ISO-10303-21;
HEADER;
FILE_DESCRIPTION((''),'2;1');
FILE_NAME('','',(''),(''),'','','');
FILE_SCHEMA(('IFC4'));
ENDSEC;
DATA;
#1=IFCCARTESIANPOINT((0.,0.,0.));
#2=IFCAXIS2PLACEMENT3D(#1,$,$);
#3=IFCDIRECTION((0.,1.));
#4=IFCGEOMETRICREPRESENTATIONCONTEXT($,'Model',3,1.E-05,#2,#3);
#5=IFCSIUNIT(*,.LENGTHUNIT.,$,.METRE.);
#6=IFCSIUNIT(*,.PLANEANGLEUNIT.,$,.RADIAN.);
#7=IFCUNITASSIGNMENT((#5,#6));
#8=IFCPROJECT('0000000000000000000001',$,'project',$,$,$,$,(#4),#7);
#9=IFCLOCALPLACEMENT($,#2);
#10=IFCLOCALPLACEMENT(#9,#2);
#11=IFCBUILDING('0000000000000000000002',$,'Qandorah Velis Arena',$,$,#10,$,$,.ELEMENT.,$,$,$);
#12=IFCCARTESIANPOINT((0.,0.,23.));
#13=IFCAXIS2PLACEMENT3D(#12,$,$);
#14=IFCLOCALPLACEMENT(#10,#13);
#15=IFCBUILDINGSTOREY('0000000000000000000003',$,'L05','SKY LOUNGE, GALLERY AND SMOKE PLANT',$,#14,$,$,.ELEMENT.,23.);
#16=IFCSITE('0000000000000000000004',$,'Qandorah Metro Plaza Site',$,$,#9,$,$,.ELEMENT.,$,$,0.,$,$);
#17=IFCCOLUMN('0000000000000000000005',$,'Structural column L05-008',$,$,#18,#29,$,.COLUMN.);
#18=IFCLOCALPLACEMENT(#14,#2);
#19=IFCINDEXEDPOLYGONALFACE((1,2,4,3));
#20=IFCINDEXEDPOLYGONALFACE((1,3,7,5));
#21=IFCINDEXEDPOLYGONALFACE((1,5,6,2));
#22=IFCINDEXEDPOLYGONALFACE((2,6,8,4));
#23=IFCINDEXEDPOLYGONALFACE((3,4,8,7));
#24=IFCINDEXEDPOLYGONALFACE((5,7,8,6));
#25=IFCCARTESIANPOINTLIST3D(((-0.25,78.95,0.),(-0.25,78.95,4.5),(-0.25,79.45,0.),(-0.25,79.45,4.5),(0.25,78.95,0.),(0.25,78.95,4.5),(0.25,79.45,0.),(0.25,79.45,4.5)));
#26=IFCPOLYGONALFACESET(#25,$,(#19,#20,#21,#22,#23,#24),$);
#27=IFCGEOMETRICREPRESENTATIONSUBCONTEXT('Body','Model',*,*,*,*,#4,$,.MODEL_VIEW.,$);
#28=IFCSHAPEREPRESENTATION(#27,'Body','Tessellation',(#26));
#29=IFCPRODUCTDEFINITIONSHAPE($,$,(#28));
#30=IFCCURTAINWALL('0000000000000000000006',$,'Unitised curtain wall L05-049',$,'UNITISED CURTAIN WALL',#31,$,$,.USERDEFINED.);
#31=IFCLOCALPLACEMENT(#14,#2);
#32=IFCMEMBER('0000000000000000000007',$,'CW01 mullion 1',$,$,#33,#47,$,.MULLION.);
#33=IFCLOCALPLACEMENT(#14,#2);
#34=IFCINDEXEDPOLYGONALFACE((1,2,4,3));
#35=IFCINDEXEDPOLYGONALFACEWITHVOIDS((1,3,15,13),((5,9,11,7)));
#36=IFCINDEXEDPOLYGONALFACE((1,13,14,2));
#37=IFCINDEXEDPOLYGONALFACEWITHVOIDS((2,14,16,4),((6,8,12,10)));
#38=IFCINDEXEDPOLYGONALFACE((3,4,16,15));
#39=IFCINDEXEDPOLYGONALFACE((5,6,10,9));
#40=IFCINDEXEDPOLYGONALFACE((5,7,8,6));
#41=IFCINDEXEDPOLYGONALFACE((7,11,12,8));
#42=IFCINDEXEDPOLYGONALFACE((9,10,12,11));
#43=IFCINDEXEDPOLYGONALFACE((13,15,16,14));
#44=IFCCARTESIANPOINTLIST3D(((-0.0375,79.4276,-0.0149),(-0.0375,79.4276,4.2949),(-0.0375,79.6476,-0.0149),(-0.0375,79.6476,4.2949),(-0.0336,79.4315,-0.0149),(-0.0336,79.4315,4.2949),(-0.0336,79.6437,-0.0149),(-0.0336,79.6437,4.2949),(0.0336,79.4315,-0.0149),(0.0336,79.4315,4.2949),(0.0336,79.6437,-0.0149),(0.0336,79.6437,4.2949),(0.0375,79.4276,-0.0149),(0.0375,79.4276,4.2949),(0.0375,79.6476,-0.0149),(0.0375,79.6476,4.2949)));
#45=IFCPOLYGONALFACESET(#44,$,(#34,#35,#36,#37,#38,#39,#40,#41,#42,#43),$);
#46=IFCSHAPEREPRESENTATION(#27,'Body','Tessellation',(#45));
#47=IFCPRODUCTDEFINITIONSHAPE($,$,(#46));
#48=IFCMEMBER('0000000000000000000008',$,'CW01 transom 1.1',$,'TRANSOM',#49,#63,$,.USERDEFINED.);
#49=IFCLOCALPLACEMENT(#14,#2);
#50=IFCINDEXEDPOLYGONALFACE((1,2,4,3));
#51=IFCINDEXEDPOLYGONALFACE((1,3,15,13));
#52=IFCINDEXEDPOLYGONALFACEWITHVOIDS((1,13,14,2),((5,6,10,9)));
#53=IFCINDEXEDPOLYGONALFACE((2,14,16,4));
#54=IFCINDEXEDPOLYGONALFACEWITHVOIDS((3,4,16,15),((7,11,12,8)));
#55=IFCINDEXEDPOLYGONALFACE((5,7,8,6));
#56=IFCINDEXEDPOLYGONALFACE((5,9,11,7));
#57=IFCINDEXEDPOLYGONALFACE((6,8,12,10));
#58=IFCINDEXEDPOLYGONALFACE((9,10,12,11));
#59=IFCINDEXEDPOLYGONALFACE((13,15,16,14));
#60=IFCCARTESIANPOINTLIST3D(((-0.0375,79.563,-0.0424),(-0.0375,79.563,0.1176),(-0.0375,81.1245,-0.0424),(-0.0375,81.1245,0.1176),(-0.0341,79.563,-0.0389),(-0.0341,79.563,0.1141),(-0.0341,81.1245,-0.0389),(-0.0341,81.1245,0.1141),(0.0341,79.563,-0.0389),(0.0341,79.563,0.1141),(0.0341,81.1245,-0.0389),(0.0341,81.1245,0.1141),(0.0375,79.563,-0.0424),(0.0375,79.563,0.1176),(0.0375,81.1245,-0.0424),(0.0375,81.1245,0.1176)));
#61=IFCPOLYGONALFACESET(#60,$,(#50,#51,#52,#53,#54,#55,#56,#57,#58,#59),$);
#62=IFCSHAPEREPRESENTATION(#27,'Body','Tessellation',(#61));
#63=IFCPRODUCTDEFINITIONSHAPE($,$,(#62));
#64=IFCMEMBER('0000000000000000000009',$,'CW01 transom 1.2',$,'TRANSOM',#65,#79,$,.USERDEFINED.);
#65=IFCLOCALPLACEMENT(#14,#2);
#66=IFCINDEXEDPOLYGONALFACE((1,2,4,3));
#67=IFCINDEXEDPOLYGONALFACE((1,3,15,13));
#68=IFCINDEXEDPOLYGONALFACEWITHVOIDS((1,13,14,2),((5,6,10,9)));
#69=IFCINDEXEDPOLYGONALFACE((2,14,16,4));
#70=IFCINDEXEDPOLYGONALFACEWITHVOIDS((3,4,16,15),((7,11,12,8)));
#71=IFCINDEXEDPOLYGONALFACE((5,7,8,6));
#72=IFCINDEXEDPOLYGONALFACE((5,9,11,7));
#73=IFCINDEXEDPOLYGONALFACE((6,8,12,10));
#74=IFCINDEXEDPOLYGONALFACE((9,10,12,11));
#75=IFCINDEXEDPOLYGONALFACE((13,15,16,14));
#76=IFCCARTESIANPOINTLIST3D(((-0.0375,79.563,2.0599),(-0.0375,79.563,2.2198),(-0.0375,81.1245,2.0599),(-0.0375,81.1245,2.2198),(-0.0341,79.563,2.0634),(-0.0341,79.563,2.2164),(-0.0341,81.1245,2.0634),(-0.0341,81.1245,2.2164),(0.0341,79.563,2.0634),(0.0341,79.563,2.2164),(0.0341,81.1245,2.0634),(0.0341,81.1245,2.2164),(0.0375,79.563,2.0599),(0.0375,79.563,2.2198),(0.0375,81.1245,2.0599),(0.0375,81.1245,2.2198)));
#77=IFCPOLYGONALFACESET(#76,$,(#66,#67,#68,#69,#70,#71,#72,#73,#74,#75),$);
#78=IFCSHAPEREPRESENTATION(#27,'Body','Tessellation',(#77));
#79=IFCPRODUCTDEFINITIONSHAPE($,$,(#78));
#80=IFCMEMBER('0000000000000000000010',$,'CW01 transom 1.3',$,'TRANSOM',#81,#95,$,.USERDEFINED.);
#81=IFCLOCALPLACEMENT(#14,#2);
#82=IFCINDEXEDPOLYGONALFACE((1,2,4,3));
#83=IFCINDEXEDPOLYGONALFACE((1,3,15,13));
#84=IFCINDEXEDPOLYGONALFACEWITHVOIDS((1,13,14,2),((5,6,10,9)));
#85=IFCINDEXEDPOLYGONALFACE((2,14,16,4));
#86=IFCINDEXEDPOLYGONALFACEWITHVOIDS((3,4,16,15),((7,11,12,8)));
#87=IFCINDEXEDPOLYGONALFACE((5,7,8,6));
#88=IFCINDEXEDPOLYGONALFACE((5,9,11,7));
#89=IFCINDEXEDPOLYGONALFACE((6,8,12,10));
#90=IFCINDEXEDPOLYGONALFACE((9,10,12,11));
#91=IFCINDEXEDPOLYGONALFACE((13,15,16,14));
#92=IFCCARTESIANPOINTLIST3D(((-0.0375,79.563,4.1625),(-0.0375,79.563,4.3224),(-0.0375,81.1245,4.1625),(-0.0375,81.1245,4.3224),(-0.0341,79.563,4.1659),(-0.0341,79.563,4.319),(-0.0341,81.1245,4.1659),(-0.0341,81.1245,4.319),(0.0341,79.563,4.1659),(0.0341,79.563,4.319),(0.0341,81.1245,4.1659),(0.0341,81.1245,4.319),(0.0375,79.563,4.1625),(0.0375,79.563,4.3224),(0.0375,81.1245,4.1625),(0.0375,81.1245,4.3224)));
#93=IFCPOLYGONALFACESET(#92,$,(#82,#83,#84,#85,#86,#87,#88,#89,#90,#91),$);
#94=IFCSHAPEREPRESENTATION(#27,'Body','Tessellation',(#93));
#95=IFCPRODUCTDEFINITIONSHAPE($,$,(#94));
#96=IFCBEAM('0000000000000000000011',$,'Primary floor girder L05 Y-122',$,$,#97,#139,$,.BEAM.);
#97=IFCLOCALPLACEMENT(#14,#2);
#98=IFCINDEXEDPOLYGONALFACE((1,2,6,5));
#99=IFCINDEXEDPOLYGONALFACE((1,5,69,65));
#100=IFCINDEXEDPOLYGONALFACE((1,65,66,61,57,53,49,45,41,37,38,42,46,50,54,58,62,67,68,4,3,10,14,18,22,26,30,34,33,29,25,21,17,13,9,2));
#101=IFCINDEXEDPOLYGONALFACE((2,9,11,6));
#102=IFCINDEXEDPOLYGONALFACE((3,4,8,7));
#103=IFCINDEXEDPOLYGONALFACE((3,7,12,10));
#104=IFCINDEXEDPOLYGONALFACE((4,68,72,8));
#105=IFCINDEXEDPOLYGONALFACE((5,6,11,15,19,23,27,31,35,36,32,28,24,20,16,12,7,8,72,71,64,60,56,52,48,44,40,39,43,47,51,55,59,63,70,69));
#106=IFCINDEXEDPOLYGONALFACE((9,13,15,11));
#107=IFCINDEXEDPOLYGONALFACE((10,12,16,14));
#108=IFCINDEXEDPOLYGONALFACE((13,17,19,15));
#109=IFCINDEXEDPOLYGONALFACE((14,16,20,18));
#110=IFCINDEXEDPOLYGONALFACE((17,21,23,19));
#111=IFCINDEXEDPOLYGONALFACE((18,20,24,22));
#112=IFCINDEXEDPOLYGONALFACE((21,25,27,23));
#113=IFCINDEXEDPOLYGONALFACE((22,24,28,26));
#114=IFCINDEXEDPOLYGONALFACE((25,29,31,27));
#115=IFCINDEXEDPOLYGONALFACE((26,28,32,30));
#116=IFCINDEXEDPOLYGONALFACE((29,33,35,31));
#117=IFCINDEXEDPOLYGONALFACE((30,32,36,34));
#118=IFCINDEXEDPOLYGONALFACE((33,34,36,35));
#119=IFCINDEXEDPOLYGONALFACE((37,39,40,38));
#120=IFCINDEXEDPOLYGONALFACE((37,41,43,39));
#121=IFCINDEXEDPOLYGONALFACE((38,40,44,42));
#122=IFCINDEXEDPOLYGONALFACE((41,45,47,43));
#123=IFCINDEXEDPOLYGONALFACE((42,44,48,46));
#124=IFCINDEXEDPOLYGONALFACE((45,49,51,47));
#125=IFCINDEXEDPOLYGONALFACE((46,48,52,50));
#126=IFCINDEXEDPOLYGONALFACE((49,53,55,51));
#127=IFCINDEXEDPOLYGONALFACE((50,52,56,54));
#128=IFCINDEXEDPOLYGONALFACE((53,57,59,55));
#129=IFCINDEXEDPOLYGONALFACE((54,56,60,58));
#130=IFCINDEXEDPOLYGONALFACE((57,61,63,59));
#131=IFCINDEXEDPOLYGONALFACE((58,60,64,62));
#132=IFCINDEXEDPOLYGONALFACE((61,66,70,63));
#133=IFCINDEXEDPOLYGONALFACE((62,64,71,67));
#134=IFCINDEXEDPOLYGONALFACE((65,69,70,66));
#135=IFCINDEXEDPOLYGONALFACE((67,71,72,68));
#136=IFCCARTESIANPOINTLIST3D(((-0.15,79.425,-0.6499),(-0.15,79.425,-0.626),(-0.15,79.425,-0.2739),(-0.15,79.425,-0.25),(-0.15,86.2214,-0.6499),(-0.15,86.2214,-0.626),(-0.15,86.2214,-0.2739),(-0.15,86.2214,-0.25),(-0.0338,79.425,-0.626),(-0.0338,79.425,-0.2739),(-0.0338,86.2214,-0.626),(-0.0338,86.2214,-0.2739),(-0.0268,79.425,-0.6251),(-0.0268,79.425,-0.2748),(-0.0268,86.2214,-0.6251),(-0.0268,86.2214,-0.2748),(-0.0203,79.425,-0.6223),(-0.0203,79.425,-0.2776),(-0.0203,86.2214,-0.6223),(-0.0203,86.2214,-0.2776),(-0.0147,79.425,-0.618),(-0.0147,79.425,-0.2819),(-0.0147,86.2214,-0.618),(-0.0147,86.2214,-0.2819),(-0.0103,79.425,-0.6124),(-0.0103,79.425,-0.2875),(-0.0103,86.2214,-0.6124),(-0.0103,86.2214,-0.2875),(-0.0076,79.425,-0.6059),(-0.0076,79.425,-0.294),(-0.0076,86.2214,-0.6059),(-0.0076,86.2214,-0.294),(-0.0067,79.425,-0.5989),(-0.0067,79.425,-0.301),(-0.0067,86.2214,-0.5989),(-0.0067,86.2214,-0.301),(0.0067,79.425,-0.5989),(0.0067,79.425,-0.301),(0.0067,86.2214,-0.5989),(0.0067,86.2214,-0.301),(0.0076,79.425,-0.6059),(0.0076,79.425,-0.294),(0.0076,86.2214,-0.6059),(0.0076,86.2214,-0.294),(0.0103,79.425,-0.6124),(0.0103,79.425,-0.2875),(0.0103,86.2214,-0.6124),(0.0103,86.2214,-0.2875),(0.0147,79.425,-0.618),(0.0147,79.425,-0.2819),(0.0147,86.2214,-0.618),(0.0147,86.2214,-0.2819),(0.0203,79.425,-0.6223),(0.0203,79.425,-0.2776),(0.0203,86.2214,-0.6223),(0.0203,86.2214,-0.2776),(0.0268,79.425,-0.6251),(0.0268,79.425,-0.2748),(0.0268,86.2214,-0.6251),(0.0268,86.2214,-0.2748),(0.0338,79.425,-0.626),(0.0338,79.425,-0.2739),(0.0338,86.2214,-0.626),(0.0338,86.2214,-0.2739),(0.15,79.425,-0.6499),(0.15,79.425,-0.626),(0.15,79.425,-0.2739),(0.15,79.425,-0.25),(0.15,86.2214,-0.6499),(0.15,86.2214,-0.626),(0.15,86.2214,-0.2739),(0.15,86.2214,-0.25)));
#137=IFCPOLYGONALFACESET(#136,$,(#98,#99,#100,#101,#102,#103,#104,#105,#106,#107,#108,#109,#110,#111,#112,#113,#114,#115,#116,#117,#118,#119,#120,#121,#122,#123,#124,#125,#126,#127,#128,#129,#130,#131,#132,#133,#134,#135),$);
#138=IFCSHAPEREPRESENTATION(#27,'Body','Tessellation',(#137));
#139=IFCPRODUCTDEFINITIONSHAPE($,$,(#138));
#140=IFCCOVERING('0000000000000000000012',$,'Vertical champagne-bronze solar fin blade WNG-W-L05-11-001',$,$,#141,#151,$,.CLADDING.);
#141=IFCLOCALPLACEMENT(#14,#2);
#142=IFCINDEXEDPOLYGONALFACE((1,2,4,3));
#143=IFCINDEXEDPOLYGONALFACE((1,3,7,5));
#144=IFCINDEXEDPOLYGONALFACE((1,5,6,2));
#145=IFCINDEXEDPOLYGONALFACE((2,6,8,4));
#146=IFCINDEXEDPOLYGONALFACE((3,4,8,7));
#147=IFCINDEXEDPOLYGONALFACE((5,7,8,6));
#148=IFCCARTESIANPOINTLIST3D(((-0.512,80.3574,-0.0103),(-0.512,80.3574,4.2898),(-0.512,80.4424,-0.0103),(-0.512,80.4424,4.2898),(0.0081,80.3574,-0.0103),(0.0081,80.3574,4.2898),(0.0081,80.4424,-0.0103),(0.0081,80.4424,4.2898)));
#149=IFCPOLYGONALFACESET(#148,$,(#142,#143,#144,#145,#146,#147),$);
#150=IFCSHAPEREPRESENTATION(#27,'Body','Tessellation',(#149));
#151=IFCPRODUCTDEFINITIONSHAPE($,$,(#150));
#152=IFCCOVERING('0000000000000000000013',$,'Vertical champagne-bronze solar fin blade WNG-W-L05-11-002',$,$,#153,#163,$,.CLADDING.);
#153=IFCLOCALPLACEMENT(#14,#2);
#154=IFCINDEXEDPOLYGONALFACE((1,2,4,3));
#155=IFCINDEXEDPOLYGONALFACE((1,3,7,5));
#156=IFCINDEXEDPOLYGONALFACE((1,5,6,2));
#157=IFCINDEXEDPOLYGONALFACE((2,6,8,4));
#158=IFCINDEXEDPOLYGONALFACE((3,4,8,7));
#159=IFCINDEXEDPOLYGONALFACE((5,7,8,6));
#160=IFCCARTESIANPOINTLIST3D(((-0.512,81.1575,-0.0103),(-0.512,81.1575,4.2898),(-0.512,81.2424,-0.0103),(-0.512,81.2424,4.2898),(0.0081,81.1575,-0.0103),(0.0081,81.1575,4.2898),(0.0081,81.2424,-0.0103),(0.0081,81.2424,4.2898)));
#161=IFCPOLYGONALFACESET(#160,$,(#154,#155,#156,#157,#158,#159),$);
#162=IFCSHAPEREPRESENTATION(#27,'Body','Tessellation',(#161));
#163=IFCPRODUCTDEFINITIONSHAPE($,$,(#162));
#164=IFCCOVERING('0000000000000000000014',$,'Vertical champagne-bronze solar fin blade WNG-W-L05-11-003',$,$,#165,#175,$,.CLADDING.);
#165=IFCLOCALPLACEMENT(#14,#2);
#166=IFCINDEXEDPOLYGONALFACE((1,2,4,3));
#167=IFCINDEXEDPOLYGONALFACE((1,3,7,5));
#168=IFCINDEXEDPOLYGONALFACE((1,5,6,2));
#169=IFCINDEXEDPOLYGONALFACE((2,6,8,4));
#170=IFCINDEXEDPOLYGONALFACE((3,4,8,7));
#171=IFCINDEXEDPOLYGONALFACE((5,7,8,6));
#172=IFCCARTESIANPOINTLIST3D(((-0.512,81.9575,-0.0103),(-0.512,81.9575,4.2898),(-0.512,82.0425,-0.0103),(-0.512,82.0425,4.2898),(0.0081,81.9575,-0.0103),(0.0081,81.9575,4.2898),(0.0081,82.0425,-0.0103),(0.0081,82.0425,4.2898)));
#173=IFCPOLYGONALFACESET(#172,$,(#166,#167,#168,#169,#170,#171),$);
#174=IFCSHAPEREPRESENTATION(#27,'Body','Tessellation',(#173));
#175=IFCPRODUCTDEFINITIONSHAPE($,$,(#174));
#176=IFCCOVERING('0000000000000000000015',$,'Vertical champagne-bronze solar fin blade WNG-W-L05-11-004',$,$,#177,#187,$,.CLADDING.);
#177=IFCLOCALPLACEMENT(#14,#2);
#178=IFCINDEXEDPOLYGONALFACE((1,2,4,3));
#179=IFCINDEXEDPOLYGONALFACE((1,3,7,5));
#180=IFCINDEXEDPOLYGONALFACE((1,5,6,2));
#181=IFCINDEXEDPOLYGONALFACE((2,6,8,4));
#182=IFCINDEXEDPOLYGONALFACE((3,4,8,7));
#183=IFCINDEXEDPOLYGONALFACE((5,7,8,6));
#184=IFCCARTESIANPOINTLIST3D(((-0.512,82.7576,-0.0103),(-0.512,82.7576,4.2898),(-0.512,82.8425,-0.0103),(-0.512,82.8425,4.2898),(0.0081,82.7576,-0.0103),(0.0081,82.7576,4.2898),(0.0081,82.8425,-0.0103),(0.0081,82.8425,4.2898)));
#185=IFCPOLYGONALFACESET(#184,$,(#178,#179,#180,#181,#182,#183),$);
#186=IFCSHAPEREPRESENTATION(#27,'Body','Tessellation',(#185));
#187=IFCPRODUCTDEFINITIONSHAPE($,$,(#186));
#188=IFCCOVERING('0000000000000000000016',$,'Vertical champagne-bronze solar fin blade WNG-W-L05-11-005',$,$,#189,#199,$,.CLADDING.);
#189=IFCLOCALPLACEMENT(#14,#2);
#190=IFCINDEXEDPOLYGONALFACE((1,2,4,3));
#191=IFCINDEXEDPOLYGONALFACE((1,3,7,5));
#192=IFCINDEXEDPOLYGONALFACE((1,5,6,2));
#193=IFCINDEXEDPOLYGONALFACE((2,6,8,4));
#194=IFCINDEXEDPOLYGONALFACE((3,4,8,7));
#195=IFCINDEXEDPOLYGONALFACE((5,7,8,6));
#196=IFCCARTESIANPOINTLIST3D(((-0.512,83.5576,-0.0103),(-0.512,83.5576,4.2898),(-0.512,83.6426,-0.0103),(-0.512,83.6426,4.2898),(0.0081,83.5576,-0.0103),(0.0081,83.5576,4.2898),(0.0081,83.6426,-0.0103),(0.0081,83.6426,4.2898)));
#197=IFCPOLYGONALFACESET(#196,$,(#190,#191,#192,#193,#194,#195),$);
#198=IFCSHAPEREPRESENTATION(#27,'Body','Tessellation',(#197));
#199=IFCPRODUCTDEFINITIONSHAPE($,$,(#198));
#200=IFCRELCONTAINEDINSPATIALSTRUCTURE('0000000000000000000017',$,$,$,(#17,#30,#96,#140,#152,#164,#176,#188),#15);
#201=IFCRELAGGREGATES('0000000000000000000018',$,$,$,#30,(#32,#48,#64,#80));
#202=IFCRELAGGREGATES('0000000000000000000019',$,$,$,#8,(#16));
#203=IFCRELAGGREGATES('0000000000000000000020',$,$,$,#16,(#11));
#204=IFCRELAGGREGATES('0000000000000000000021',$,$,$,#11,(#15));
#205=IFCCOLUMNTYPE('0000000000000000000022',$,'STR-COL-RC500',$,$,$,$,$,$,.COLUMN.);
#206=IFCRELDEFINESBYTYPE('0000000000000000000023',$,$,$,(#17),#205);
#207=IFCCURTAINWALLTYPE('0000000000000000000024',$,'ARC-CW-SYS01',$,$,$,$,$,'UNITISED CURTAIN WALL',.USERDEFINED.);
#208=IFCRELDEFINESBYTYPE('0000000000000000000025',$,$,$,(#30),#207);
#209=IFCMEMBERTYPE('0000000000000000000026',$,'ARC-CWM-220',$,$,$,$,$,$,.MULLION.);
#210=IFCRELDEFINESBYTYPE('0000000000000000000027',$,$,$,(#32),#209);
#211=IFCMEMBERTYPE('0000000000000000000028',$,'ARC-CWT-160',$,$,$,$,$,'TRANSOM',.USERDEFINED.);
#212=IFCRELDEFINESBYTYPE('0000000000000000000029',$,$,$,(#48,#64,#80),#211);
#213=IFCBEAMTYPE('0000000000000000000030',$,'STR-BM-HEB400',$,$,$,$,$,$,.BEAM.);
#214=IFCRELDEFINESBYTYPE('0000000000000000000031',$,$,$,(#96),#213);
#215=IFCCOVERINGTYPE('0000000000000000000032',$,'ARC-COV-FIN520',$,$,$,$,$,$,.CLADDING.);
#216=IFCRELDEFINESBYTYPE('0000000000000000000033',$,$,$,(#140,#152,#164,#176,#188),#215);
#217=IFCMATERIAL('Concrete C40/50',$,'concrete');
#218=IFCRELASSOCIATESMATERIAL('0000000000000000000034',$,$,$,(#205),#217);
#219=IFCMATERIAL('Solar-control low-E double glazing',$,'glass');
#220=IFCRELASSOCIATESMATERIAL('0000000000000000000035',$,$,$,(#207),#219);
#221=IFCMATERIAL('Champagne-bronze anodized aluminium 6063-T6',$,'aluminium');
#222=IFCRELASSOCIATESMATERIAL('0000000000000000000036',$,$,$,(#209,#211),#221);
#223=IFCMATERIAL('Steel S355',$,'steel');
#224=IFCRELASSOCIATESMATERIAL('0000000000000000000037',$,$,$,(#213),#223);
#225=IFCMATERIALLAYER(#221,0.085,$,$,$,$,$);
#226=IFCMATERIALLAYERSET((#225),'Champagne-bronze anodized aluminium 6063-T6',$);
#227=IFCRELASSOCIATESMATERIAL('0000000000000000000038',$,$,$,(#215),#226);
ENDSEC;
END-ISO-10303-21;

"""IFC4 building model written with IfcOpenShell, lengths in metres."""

from ifc_helpers import new_model, si_unit, direction, frame, origin, origin_2d, place, context, subcontext, project, spatial, rectangle, hollow_rectangle, i_section, extrude, material, layer, layer_set, material_profile, profile_set, type_object, element, aggregate, save


model = new_model("IFC4")

# Units and contexts
model_context = context("Model", 3, precision=1e-05, world=origin(), true_north=direction((0.0, 1.0)))
body_context = subcontext(model_context, "Body", "Model", "MODEL_VIEW")
ifc_project = project(units=[si_unit("LENGTHUNIT", "METRE"), si_unit("PLANEANGLEUNIT", "RADIAN")], contexts=[model_context])

# Site, building, storey
site_placement = place(None, origin())
site = spatial("IfcSite", under=ifc_project, at=site_placement, Name="Qandorah Metro Plaza Site", CompositionType="ELEMENT", RefElevation=0.0)
building_placement = place(site_placement, origin())
building = spatial("IfcBuilding", under=site, at=building_placement, Name="Qandorah Velis Arena", CompositionType="ELEMENT")
storey_placement = place(building_placement, frame((0.0, 0.0, 23.0)))
storey = spatial("IfcBuildingStorey", under=building, at=storey_placement, Name="L05", Description="SKY LOUNGE, GALLERY AND SMOKE PLANT", CompositionType="ELEMENT", Elevation=23.0)

# Column
ifc_material_1 = material(Name="Concrete C40/50", Category="concrete")
ifc_material_profile_1 = material_profile(ifc_material_1, rectangle(XDim=0.5, YDim=0.5, at=origin_2d()), Name="RC COL 500x500")
ifc_profile_set_1 = profile_set([ifc_material_profile_1], Name="Concrete C40/50")
column_type = type_object("IfcColumnType", Name="STR-COL-RC500", PredefinedType="COLUMN", material=ifc_profile_set_1)
column_placement = place(storey_placement, frame((0.0, 79.2, 0.0), z_axis=(0.0, 0.0, 1.0), x_axis=(1.0, 0.0, 0.0)))
element("IfcColumn", 1, at=column_placement, inside=storey, type_object=column_type, Name="Structural column L05-008", PredefinedType="COLUMN", context=body_context, shape_type="SweptSolid", body=[
    extrude(rectangle(XDim=0.5, YDim=0.5, at=origin_2d()), origin(), (0.0, 0.0, 1.0), 4.5),
])

# Curtain wall, members
ifc_material_2 = material(Name="Solar-control low-E double glazing", Category="glass")
curtain_wall_type = type_object("IfcCurtainWallType", Name="ARC-CW-SYS01", ElementType="UNITISED CURTAIN WALL", PredefinedType="USERDEFINED", material=ifc_material_2)
curtain_wall_placement = place(storey_placement, origin())
curtain_wall = element("IfcCurtainWall", 2, at=curtain_wall_placement, inside=storey, type_object=curtain_wall_type, Name="Unitised curtain wall L05-049", ObjectType="UNITISED CURTAIN WALL", PredefinedType="USERDEFINED")
ifc_material_3 = material(Name="Champagne-bronze anodized aluminium 6063-T6", Category="aluminium")
ifc_material_profile_2 = material_profile(ifc_material_3, hollow_rectangle(XDim=0.075, YDim=0.22, WallThickness=0.0039, at=origin_2d()), Name="ALU MULLION 75x220")
ifc_profile_set_2 = profile_set([ifc_material_profile_2], Name="Champagne-bronze anodized aluminium 6063-T6")
member_type_1 = type_object("IfcMemberType", Name="ARC-CWM-220", PredefinedType="MULLION", material=ifc_profile_set_2)
member_1_placement = place(storey_placement, frame((0.0, 79.5376, -0.0149), z_axis=(0.0, 0.0, 1.0), x_axis=(-1.0, 0.0, 0.0)))
member_1 = element("IfcMember", 3, at=member_1_placement, type_object=member_type_1, Name="CW01 mullion 1", PredefinedType="MULLION", context=body_context, shape_type="SweptSolid", body=[
    extrude(hollow_rectangle(XDim=0.075, YDim=0.22, WallThickness=0.0039, at=origin_2d()), origin(), (0.0, 0.0, 1.0), 4.3098),
])
ifc_material_profile_3 = material_profile(ifc_material_3, hollow_rectangle(XDim=0.075, YDim=0.1599, WallThickness=0.0034, at=origin_2d()), Name="ALU TRANSOM 75x160")
ifc_profile_set_3 = profile_set([ifc_material_profile_3], Name="Champagne-bronze anodized aluminium 6063-T6")
member_type_2 = type_object("IfcMemberType", Name="ARC-CWT-160", ElementType="TRANSOM", PredefinedType="USERDEFINED", material=ifc_profile_set_3)
member_2_placement = place(storey_placement, frame((0.0, 79.563, 0.0376), z_axis=(0.0, 1.0, 0.0), x_axis=(-1.0, 0.0, 0.0)))
member_2 = element("IfcMember", 4, at=member_2_placement, type_object=member_type_2, Name="CW01 transom 1.1", ObjectType="TRANSOM", PredefinedType="USERDEFINED", context=body_context, shape_type="SweptSolid", body=[
    extrude(hollow_rectangle(XDim=0.075, YDim=0.1599, WallThickness=0.0034, at=origin_2d()), origin(), (0.0, 0.0, 1.0), 1.5615),
])
member_3_placement = place(storey_placement, frame((0.0, 79.563, 2.1399), z_axis=(0.0, 1.0, 0.0), x_axis=(-1.0, 0.0, 0.0)))
member_3 = element("IfcMember", 5, at=member_3_placement, type_object=member_type_2, Name="CW01 transom 1.2", ObjectType="TRANSOM", PredefinedType="USERDEFINED", context=body_context, shape_type="SweptSolid", body=[
    extrude(hollow_rectangle(XDim=0.075, YDim=0.1599, WallThickness=0.0034, at=origin_2d()), origin(), (0.0, 0.0, 1.0), 1.5615),
])
member_4_placement = place(storey_placement, frame((0.0, 79.563, 4.2424), z_axis=(0.0, 1.0, 0.0), x_axis=(-1.0, 0.0, 0.0)))
member_4 = element("IfcMember", 6, at=member_4_placement, type_object=member_type_2, Name="CW01 transom 1.3", ObjectType="TRANSOM", PredefinedType="USERDEFINED", context=body_context, shape_type="SweptSolid", body=[
    extrude(hollow_rectangle(XDim=0.075, YDim=0.1599, WallThickness=0.0034, at=origin_2d()), origin(), (0.0, 0.0, 1.0), 1.5615),
])
aggregate(curtain_wall, [member_1, member_2, member_3, member_4])

# Beam
ifc_material_4 = material(Name="Steel S355", Category="steel")
ifc_material_profile_4 = material_profile(ifc_material_4, i_section(OverallWidth=0.3, OverallDepth=0.3999, WebThickness=0.0134, FlangeThickness=0.0239, FilletRadius=0.0271, at=origin_2d()), Name="HEB 400")
ifc_profile_set_4 = profile_set([ifc_material_profile_4], Name="Steel S355")
beam_type = type_object("IfcBeamType", Name="STR-BM-HEB400", PredefinedType="BEAM", material=ifc_profile_set_4)
beam_placement = place(storey_placement, frame((0.0, 79.425, -0.45), z_axis=(0.0, 1.0, 0.0), x_axis=(-1.0, 0.0, 0.0)))
element("IfcBeam", 7, at=beam_placement, inside=storey, type_object=beam_type, Name="Primary floor girder L05 Y-122", PredefinedType="BEAM", context=body_context, shape_type="SweptSolid", body=[
    extrude(i_section(OverallWidth=0.3, OverallDepth=0.3999, WebThickness=0.0134, FlangeThickness=0.0239, FilletRadius=0.0271, at=origin_2d()), origin(), (0.0, 0.0, 1.0), 6.7964),
])

# Coverings
ifc_layer = layer(ifc_material_3, 0.085)
ifc_layer_set = layer_set([ifc_layer], Name="Champagne-bronze anodized aluminium 6063-T6")
covering_type = type_object("IfcCoveringType", Name="ARC-COV-FIN520", PredefinedType="CLADDING", material=ifc_layer_set)
for number, where, z_axis, x_axis, name in (
    (8, (-0.252, 80.3999, -0.0103), (0.0, 0.0, 1.0), (1.0, 0.0, 0.0), "Vertical champagne-bronze solar fin blade WNG-W-L05-11-001"),
    (9, (-0.252, 81.2, -0.0103), (0.0, 0.0, 1.0), (1.0, 0.0, 0.0), "Vertical champagne-bronze solar fin blade WNG-W-L05-11-002"),
    (10, (-0.252, 82.0, -0.0103), (0.0, 0.0, 1.0), (1.0, 0.0, 0.0), "Vertical champagne-bronze solar fin blade WNG-W-L05-11-003"),
    (11, (-0.252, 82.8, -0.0103), (0.0, 0.0, 1.0), (1.0, 0.0, 0.0), "Vertical champagne-bronze solar fin blade WNG-W-L05-11-004"),
    (12, (-0.252, 83.6001, -0.0103), (0.0, 0.0, 1.0), (1.0, 0.0, 0.0), "Vertical champagne-bronze solar fin blade WNG-W-L05-11-005"),
):
    element("IfcCovering", number, at=place(storey_placement, frame(where, z_axis=z_axis, x_axis=x_axis)), inside=storey, type_object=covering_type, Name=name, PredefinedType="CLADDING", context=body_context, shape_type="SweptSolid", body=[
        extrude(rectangle(XDim=0.52, YDim=0.085, at=origin_2d()), origin(), (0.0, 0.0, 1.0), 4.3),
    ])

save(model, "model.ifc")
